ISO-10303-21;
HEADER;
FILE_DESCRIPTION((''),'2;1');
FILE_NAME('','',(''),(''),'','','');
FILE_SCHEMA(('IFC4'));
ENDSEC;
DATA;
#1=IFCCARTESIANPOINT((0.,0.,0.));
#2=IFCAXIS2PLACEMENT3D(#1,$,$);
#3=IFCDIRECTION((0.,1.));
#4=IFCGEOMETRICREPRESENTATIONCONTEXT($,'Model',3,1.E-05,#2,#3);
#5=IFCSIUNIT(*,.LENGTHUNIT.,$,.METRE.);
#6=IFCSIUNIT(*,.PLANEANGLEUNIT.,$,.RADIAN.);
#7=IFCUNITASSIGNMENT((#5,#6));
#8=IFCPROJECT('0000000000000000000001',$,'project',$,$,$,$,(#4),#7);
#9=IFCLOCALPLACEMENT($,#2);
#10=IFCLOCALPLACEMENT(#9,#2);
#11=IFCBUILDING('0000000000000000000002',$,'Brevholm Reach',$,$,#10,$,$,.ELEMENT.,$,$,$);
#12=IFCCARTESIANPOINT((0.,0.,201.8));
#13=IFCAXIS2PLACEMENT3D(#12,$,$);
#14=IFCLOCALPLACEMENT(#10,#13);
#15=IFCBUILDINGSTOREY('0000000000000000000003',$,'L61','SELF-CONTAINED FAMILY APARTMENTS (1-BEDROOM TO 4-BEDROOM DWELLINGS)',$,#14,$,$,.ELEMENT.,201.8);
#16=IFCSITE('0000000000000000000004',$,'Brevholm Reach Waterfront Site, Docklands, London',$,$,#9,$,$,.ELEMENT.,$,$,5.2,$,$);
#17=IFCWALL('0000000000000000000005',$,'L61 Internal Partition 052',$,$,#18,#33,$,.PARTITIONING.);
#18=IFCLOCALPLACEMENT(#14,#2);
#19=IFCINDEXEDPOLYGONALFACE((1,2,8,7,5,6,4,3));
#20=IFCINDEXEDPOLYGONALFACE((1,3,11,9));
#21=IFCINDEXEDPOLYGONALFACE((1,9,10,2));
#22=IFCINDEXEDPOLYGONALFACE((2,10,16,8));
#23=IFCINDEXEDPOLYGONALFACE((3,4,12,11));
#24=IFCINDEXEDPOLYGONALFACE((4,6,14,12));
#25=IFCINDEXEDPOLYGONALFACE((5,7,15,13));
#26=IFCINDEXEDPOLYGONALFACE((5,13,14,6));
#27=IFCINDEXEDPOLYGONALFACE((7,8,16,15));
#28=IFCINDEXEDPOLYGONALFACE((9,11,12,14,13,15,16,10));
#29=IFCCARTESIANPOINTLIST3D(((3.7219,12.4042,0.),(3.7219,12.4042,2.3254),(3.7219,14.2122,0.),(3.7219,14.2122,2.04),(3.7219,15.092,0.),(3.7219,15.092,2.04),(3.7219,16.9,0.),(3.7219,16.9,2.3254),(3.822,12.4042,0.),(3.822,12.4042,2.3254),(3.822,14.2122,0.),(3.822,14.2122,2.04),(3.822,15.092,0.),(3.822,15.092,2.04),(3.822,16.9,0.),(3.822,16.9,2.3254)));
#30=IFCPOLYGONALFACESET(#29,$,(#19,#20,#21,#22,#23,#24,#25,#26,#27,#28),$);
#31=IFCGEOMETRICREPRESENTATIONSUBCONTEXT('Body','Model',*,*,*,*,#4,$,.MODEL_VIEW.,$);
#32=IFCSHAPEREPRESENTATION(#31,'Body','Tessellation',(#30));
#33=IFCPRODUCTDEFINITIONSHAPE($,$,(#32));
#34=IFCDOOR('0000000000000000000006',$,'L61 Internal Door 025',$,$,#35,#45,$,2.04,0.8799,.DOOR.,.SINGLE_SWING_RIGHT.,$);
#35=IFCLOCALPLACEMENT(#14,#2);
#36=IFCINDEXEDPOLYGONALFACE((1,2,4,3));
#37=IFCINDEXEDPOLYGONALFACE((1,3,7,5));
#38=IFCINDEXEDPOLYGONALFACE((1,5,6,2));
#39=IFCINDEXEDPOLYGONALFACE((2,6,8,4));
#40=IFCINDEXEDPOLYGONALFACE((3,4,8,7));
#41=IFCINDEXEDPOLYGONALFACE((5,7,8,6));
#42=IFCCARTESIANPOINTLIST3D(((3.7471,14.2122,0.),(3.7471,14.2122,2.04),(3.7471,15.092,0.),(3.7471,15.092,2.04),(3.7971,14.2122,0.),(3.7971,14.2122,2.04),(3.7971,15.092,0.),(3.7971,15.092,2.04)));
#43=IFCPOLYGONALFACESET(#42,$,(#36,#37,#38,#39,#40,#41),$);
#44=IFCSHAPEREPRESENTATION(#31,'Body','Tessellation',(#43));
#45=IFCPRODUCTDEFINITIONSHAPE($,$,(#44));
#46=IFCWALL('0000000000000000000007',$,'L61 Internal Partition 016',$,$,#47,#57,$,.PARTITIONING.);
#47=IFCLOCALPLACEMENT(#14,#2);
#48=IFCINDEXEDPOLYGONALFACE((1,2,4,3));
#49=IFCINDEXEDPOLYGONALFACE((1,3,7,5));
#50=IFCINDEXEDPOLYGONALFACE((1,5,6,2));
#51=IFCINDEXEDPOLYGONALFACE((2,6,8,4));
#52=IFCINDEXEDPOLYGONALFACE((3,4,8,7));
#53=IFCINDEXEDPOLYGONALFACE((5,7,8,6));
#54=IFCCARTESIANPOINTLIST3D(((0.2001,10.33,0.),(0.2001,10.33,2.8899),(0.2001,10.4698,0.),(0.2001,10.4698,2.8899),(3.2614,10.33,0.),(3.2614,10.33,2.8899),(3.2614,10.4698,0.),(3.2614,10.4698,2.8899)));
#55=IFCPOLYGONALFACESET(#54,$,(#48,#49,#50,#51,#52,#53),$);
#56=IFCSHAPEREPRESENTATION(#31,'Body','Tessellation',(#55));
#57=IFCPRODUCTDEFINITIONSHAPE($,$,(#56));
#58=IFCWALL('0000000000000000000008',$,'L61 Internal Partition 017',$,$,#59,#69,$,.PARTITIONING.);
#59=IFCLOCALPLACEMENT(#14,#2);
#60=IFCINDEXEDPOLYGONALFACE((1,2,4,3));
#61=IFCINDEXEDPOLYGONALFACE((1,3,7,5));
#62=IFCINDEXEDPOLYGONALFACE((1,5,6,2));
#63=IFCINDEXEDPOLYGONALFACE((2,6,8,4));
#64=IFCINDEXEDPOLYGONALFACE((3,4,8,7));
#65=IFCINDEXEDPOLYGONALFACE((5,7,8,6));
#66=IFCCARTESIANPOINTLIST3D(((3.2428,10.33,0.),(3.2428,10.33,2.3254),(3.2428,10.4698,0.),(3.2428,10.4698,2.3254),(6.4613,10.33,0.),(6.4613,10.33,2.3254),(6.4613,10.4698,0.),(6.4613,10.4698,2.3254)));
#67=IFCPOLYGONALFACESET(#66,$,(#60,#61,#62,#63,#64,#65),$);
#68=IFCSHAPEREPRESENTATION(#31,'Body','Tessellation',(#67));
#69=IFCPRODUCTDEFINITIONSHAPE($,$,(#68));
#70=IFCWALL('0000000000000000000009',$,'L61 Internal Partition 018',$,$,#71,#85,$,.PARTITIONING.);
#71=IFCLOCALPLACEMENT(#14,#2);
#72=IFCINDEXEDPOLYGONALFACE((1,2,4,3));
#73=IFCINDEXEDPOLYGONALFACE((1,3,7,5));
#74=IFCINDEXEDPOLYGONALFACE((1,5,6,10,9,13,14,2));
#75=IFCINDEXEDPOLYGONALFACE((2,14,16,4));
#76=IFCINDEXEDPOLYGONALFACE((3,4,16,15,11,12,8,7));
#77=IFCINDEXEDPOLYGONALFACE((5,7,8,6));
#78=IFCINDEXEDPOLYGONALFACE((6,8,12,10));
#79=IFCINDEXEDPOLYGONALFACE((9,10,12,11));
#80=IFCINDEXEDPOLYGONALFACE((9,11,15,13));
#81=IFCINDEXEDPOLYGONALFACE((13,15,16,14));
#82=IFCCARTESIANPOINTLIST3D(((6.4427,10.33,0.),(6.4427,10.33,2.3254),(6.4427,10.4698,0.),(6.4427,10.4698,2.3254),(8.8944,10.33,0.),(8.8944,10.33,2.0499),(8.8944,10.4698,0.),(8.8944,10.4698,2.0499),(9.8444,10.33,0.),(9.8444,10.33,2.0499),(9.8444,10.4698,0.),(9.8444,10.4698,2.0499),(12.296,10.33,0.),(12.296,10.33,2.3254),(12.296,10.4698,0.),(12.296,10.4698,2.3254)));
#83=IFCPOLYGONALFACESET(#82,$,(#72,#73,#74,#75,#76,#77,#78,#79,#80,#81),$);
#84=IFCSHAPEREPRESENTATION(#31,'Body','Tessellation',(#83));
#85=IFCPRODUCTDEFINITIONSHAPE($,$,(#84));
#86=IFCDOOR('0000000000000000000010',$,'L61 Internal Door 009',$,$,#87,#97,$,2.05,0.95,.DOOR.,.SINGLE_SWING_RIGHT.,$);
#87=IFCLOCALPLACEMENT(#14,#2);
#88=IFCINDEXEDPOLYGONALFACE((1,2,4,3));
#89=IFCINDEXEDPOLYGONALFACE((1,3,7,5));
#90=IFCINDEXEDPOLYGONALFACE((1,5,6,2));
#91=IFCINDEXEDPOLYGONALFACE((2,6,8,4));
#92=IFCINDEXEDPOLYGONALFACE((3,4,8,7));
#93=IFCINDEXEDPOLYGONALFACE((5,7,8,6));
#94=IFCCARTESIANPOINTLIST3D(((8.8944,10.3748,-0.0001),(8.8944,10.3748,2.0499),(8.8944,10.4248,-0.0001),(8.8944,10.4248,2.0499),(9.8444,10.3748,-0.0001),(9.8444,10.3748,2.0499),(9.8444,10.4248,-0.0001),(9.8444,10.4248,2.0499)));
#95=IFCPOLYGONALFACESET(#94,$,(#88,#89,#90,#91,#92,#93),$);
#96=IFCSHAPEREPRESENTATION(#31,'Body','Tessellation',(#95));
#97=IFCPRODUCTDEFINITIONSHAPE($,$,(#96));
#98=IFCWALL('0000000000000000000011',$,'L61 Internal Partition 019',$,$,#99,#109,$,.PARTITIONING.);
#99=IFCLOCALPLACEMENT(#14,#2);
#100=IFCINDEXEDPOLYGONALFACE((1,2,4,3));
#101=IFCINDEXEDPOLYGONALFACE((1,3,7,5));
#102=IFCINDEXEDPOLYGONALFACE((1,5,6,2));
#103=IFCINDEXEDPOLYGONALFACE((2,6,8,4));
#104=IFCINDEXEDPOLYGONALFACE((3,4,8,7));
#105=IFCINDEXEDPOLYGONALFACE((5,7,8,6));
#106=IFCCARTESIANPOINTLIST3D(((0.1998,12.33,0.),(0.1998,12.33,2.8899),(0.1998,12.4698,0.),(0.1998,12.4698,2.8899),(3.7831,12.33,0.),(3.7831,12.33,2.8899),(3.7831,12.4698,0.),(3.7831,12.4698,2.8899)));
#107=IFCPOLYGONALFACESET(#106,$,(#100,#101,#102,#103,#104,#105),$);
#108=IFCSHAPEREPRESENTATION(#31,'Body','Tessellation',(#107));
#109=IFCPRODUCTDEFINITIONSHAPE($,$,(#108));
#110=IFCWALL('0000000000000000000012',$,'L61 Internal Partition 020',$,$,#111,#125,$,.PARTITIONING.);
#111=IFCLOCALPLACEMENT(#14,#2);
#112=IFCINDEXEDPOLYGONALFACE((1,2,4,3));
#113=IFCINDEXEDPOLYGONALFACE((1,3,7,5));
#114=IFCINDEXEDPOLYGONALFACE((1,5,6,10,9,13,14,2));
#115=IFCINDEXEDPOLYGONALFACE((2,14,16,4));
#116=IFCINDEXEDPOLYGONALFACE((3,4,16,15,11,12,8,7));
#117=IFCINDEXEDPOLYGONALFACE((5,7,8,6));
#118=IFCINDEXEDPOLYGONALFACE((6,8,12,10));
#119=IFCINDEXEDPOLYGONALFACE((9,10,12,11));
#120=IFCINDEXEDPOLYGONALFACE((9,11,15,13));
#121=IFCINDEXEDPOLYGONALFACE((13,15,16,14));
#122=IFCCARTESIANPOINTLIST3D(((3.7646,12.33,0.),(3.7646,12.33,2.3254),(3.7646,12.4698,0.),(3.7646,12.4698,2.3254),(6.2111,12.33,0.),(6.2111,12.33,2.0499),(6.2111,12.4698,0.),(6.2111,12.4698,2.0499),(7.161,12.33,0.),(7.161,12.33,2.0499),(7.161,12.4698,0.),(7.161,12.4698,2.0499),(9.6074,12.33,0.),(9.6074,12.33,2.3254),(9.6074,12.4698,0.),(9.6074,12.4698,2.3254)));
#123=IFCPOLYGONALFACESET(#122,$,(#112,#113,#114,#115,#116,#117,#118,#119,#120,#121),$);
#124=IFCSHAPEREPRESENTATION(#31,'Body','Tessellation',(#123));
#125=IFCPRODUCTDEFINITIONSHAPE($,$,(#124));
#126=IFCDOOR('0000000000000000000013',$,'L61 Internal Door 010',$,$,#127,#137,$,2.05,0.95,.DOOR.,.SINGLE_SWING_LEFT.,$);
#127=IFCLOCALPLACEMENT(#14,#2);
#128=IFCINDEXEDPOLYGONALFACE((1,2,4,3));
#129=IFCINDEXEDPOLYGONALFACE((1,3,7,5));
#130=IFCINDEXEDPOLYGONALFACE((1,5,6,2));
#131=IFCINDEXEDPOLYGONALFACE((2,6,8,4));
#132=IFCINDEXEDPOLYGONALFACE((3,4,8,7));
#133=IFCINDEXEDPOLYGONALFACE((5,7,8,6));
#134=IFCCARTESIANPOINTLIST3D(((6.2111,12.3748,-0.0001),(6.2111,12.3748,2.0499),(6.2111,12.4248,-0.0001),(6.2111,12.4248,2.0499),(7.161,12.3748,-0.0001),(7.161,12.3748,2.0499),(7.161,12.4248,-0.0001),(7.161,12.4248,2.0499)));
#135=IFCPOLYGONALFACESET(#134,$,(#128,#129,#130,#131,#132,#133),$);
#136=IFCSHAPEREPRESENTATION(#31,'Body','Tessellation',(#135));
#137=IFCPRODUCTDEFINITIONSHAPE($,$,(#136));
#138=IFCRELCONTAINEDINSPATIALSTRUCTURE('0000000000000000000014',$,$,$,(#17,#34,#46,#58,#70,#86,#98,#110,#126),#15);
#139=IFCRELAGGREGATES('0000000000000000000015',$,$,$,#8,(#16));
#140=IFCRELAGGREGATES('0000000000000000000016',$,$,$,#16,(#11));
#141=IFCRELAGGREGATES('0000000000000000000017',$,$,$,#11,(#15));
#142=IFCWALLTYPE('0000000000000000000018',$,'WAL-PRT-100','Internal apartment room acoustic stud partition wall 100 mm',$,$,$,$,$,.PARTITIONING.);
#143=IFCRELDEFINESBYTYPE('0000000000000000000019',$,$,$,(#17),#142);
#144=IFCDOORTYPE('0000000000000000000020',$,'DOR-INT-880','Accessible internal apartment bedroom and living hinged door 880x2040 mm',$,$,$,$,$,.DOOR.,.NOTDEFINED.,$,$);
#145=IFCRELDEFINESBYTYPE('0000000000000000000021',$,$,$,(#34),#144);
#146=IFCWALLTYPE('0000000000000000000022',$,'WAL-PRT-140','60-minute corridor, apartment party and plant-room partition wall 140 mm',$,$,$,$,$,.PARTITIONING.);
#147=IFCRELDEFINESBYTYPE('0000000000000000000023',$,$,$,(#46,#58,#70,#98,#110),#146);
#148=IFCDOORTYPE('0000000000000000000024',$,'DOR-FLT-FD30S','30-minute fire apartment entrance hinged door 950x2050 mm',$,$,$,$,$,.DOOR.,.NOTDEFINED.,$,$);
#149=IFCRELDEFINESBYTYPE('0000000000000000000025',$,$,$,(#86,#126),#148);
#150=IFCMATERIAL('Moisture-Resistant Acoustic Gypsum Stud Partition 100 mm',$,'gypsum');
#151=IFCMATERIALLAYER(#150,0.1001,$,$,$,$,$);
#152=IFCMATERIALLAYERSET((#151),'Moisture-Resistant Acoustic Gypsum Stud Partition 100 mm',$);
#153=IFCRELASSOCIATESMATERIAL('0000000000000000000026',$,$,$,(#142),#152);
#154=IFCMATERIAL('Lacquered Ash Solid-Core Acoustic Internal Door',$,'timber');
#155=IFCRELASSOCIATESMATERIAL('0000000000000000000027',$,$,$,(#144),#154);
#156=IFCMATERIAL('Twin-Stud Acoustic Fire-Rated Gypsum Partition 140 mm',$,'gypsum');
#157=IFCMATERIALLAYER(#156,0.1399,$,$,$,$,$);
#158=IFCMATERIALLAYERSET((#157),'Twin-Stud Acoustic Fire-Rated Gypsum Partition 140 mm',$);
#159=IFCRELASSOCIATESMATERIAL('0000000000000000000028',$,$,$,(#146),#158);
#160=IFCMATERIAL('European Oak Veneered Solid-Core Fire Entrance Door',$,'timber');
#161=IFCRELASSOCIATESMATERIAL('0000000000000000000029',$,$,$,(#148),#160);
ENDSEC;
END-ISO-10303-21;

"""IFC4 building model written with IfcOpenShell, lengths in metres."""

from ifc_helpers import new_model, si_unit, direction, frame, frame_2d, origin, place, context, subcontext, project, spatial, rectangle, extrude, material, layer, layer_set, type_object, element, fill, save


model = new_model("IFC4")

# Units and contexts
model_context = context("Model", 3, precision=1e-05, world=origin(), true_north=direction((0.0, 1.0)))
body_context = subcontext(model_context, "Body", "Model", "MODEL_VIEW")
ifc_project = project(units=[si_unit("LENGTHUNIT", "METRE"), si_unit("PLANEANGLEUNIT", "RADIAN")], contexts=[model_context])

# Site, building, storey
site_placement = place(None, origin())
site = spatial("IfcSite", under=ifc_project, at=site_placement, Name="Brevholm Reach Waterfront Site, Docklands, London", CompositionType="ELEMENT", RefElevation=5.2)
building_placement = place(site_placement, origin())
building = spatial("IfcBuilding", under=site, at=building_placement, Name="Brevholm Reach", CompositionType="ELEMENT")
storey_placement = place(building_placement, frame((0.0, 0.0, 201.8)))
storey = spatial("IfcBuildingStorey", under=building, at=storey_placement, Name="L61", Description="SELF-CONTAINED FAMILY APARTMENTS (1-BEDROOM TO 4-BEDROOM DWELLINGS)", CompositionType="ELEMENT", Elevation=201.8)

# Wall, opening, door
ifc_material_1 = material(Name="Moisture-Resistant Acoustic Gypsum Stud Partition 100 mm", Category="gypsum")
ifc_layer_1 = layer(ifc_material_1, 0.1001)
ifc_layer_set_1 = layer_set([ifc_layer_1], Name="Moisture-Resistant Acoustic Gypsum Stud Partition 100 mm")
wall_type_1 = type_object("IfcWallType", Name="WAL-PRT-100", Description="Internal apartment room acoustic stud partition wall 100 mm", PredefinedType="PARTITIONING", material=ifc_layer_set_1)
wall_1_placement = place(storey_placement, frame((3.772, 12.4041, 0.0), z_axis=(0.0, 0.0, 1.0), x_axis=(0.0, 1.0, 0.0)))
wall_1 = element("IfcWall", 1, at=wall_1_placement, inside=storey, type_object=wall_type_1, Name="L61 Internal Partition 052", PredefinedType="PARTITIONING", context=body_context, shape_type="SweptSolid", body=[
    extrude(rectangle(XDim=4.4958, YDim=0.1001, at=frame_2d((2.248, 0.0))), origin(), (0.0, 0.0, 1.0), 2.3254),
])
opening_1_placement = place(wall_1_placement, frame((1.8081, 0.0, 0.0)))
opening_1 = element("IfcOpeningElement", 2, at=opening_1_placement, cuts=wall_1, PredefinedType="OPENING", context=body_context, shape_type="SweptSolid", body=[
    extrude(rectangle(XDim=0.8799, YDim=2.04, at=frame_2d((0.4399, 1.02))), frame((0.0, 0.0601, 0.0), z_axis=(0.0, -1.0, 0.0), x_axis=(1.0, 0.0, 0.0)), (0.0, 0.0, 1.0), 0.1201),
])
ifc_material_2 = material(Name="Lacquered Ash Solid-Core Acoustic Internal Door", Category="timber")
door_type_1 = type_object("IfcDoorType", Name="DOR-INT-880", Description="Accessible internal apartment bedroom and living hinged door 880x2040 mm", OperationType="NOTDEFINED", PredefinedType="DOOR", material=ifc_material_2)
door_1_placement = place(opening_1_placement, origin())
door_1 = element("IfcDoor", 3, at=door_1_placement, inside=storey, type_object=door_type_1, Name="L61 Internal Door 025", OperationType="SINGLE_SWING_RIGHT", OverallHeight=2.04, OverallWidth=0.8799, PredefinedType="DOOR", context=body_context, shape_type="SweptSolid", body=[
    extrude(rectangle(XDim=0.8799, YDim=2.04, at=frame_2d((0.4399, 1.02))), frame((0.0, 0.0249, 0.0), z_axis=(0.0, -1.0, 0.0), x_axis=(1.0, 0.0, 0.0)), (0.0, 0.0, 1.0), 0.05),
])
fill(opening_1, door_1)

# Walls
ifc_material_3 = material(Name="Twin-Stud Acoustic Fire-Rated Gypsum Partition 140 mm", Category="gypsum")
ifc_layer_2 = layer(ifc_material_3, 0.1399)
ifc_layer_set_2 = layer_set([ifc_layer_2], Name="Twin-Stud Acoustic Fire-Rated Gypsum Partition 140 mm")
wall_type_2 = type_object("IfcWallType", Name="WAL-PRT-140", Description="60-minute corridor, apartment party and plant-room partition wall 140 mm", PredefinedType="PARTITIONING", material=ifc_layer_set_2)
wall_2_placement = place(storey_placement, frame((0.2, 10.3999, 0.0), z_axis=(0.0, 0.0, 1.0), x_axis=(1.0, 0.0, 0.0)))
element("IfcWall", 4, at=wall_2_placement, inside=storey, type_object=wall_type_2, Name="L61 Internal Partition 016", PredefinedType="PARTITIONING", context=body_context, shape_type="SweptSolid", body=[
    extrude(rectangle(XDim=3.0613, YDim=0.1399, at=frame_2d((1.5308, 0.0))), origin(), (0.0, 0.0, 1.0), 2.8899),
])
wall_3_placement = place(storey_placement, frame((3.2427, 10.3999, 0.0), z_axis=(0.0, 0.0, 1.0), x_axis=(1.0, 0.0, 0.0)))
element("IfcWall", 5, at=wall_3_placement, inside=storey, type_object=wall_type_2, Name="L61 Internal Partition 017", PredefinedType="PARTITIONING", context=body_context, shape_type="SweptSolid", body=[
    extrude(rectangle(XDim=3.2185, YDim=0.1399, at=frame_2d((1.6094, 0.0))), origin(), (0.0, 0.0, 1.0), 2.3254),
])

# Wall, opening, door
wall_4_placement = place(storey_placement, frame((6.4426, 10.3999, 0.0), z_axis=(0.0, 0.0, 1.0), x_axis=(1.0, 0.0, 0.0)))
wall_4 = element("IfcWall", 6, at=wall_4_placement, inside=storey, type_object=wall_type_2, Name="L61 Internal Partition 018", PredefinedType="PARTITIONING", context=body_context, shape_type="SweptSolid", body=[
    extrude(rectangle(XDim=5.8533, YDim=0.1399, at=frame_2d((2.9268, 0.0))), origin(), (0.0, 0.0, 1.0), 2.3254),
])
opening_2_placement = place(wall_4_placement, frame((2.4517, 0.0, 0.0)))
opening_2 = element("IfcOpeningElement", 7, at=opening_2_placement, cuts=wall_4, PredefinedType="OPENING", context=body_context, shape_type="SweptSolid", body=[
    extrude(rectangle(XDim=0.95, YDim=2.05, at=frame_2d((0.4751, 1.0249))), frame((0.0, 0.0798, 0.0), z_axis=(0.0, -1.0, 0.0), x_axis=(1.0, 0.0, 0.0)), (0.0, 0.0, 1.0), 0.1599),
])
ifc_material_4 = material(Name="European Oak Veneered Solid-Core Fire Entrance Door", Category="timber")
door_type_2 = type_object("IfcDoorType", Name="DOR-FLT-FD30S", Description="30-minute fire apartment entrance hinged door 950x2050 mm", OperationType="NOTDEFINED", PredefinedType="DOOR", material=ifc_material_4)
door_2_placement = place(opening_2_placement, origin())
door_2 = element("IfcDoor", 8, at=door_2_placement, inside=storey, type_object=door_type_2, Name="L61 Internal Door 009", OperationType="SINGLE_SWING_RIGHT", OverallHeight=2.05, OverallWidth=0.95, PredefinedType="DOOR", context=body_context, shape_type="SweptSolid", body=[
    extrude(rectangle(XDim=0.95, YDim=2.05, at=frame_2d((0.4751, 1.0249))), frame((0.0, 0.0249, 0.0), z_axis=(0.0, -1.0, 0.0), x_axis=(1.0, 0.0, 0.0)), (0.0, 0.0, 1.0), 0.05),
])
fill(opening_2, door_2)

# Wall
wall_5_placement = place(storey_placement, frame((0.2, 12.3999, 0.0), z_axis=(0.0, 0.0, 1.0), x_axis=(1.0, 0.0, 0.0)))
element("IfcWall", 9, at=wall_5_placement, inside=storey, type_object=wall_type_2, Name="L61 Internal Partition 019", PredefinedType="PARTITIONING", context=body_context, shape_type="SweptSolid", body=[
    extrude(rectangle(XDim=3.5833, YDim=0.1399, at=frame_2d((1.7915, 0.0))), origin(), (0.0, 0.0, 1.0), 2.8899),
])

# Wall, opening, door
wall_6_placement = place(storey_placement, frame((3.7646, 12.3999, 0.0), z_axis=(0.0, 0.0, 1.0), x_axis=(1.0, 0.0, 0.0)))
wall_6 = element("IfcWall", 10, at=wall_6_placement, inside=storey, type_object=wall_type_2, Name="L61 Internal Partition 020", PredefinedType="PARTITIONING", context=body_context, shape_type="SweptSolid", body=[
    extrude(rectangle(XDim=5.8428, YDim=0.1399, at=frame_2d((2.9214, 0.0))), origin(), (0.0, 0.0, 1.0), 2.3254),
])
opening_3_placement = place(wall_6_placement, frame((2.4463, 0.0, 0.0)))
opening_3 = element("IfcOpeningElement", 11, at=opening_3_placement, cuts=wall_6, PredefinedType="OPENING", context=body_context, shape_type="SweptSolid", body=[
    extrude(rectangle(XDim=0.95, YDim=2.05, at=frame_2d((0.4751, 1.0249))), frame((0.0, 0.0798, 0.0), z_axis=(0.0, -1.0, 0.0), x_axis=(1.0, 0.0, 0.0)), (0.0, 0.0, 1.0), 0.1599),
])
door_3_placement = place(opening_3_placement, origin())
door_3 = element("IfcDoor", 12, at=door_3_placement, inside=storey, type_object=door_type_2, Name="L61 Internal Door 010", OperationType="SINGLE_SWING_LEFT", OverallHeight=2.05, OverallWidth=0.95, PredefinedType="DOOR", context=body_context, shape_type="SweptSolid", body=[
    extrude(rectangle(XDim=0.95, YDim=2.05, at=frame_2d((0.4751, 1.0249))), frame((0.0, 0.0249, 0.0), z_axis=(0.0, -1.0, 0.0), x_axis=(1.0, 0.0, 0.0)), (0.0, 0.0, 1.0), 0.05),
])
fill(opening_3, door_3)

save(model, "model.ifc")
